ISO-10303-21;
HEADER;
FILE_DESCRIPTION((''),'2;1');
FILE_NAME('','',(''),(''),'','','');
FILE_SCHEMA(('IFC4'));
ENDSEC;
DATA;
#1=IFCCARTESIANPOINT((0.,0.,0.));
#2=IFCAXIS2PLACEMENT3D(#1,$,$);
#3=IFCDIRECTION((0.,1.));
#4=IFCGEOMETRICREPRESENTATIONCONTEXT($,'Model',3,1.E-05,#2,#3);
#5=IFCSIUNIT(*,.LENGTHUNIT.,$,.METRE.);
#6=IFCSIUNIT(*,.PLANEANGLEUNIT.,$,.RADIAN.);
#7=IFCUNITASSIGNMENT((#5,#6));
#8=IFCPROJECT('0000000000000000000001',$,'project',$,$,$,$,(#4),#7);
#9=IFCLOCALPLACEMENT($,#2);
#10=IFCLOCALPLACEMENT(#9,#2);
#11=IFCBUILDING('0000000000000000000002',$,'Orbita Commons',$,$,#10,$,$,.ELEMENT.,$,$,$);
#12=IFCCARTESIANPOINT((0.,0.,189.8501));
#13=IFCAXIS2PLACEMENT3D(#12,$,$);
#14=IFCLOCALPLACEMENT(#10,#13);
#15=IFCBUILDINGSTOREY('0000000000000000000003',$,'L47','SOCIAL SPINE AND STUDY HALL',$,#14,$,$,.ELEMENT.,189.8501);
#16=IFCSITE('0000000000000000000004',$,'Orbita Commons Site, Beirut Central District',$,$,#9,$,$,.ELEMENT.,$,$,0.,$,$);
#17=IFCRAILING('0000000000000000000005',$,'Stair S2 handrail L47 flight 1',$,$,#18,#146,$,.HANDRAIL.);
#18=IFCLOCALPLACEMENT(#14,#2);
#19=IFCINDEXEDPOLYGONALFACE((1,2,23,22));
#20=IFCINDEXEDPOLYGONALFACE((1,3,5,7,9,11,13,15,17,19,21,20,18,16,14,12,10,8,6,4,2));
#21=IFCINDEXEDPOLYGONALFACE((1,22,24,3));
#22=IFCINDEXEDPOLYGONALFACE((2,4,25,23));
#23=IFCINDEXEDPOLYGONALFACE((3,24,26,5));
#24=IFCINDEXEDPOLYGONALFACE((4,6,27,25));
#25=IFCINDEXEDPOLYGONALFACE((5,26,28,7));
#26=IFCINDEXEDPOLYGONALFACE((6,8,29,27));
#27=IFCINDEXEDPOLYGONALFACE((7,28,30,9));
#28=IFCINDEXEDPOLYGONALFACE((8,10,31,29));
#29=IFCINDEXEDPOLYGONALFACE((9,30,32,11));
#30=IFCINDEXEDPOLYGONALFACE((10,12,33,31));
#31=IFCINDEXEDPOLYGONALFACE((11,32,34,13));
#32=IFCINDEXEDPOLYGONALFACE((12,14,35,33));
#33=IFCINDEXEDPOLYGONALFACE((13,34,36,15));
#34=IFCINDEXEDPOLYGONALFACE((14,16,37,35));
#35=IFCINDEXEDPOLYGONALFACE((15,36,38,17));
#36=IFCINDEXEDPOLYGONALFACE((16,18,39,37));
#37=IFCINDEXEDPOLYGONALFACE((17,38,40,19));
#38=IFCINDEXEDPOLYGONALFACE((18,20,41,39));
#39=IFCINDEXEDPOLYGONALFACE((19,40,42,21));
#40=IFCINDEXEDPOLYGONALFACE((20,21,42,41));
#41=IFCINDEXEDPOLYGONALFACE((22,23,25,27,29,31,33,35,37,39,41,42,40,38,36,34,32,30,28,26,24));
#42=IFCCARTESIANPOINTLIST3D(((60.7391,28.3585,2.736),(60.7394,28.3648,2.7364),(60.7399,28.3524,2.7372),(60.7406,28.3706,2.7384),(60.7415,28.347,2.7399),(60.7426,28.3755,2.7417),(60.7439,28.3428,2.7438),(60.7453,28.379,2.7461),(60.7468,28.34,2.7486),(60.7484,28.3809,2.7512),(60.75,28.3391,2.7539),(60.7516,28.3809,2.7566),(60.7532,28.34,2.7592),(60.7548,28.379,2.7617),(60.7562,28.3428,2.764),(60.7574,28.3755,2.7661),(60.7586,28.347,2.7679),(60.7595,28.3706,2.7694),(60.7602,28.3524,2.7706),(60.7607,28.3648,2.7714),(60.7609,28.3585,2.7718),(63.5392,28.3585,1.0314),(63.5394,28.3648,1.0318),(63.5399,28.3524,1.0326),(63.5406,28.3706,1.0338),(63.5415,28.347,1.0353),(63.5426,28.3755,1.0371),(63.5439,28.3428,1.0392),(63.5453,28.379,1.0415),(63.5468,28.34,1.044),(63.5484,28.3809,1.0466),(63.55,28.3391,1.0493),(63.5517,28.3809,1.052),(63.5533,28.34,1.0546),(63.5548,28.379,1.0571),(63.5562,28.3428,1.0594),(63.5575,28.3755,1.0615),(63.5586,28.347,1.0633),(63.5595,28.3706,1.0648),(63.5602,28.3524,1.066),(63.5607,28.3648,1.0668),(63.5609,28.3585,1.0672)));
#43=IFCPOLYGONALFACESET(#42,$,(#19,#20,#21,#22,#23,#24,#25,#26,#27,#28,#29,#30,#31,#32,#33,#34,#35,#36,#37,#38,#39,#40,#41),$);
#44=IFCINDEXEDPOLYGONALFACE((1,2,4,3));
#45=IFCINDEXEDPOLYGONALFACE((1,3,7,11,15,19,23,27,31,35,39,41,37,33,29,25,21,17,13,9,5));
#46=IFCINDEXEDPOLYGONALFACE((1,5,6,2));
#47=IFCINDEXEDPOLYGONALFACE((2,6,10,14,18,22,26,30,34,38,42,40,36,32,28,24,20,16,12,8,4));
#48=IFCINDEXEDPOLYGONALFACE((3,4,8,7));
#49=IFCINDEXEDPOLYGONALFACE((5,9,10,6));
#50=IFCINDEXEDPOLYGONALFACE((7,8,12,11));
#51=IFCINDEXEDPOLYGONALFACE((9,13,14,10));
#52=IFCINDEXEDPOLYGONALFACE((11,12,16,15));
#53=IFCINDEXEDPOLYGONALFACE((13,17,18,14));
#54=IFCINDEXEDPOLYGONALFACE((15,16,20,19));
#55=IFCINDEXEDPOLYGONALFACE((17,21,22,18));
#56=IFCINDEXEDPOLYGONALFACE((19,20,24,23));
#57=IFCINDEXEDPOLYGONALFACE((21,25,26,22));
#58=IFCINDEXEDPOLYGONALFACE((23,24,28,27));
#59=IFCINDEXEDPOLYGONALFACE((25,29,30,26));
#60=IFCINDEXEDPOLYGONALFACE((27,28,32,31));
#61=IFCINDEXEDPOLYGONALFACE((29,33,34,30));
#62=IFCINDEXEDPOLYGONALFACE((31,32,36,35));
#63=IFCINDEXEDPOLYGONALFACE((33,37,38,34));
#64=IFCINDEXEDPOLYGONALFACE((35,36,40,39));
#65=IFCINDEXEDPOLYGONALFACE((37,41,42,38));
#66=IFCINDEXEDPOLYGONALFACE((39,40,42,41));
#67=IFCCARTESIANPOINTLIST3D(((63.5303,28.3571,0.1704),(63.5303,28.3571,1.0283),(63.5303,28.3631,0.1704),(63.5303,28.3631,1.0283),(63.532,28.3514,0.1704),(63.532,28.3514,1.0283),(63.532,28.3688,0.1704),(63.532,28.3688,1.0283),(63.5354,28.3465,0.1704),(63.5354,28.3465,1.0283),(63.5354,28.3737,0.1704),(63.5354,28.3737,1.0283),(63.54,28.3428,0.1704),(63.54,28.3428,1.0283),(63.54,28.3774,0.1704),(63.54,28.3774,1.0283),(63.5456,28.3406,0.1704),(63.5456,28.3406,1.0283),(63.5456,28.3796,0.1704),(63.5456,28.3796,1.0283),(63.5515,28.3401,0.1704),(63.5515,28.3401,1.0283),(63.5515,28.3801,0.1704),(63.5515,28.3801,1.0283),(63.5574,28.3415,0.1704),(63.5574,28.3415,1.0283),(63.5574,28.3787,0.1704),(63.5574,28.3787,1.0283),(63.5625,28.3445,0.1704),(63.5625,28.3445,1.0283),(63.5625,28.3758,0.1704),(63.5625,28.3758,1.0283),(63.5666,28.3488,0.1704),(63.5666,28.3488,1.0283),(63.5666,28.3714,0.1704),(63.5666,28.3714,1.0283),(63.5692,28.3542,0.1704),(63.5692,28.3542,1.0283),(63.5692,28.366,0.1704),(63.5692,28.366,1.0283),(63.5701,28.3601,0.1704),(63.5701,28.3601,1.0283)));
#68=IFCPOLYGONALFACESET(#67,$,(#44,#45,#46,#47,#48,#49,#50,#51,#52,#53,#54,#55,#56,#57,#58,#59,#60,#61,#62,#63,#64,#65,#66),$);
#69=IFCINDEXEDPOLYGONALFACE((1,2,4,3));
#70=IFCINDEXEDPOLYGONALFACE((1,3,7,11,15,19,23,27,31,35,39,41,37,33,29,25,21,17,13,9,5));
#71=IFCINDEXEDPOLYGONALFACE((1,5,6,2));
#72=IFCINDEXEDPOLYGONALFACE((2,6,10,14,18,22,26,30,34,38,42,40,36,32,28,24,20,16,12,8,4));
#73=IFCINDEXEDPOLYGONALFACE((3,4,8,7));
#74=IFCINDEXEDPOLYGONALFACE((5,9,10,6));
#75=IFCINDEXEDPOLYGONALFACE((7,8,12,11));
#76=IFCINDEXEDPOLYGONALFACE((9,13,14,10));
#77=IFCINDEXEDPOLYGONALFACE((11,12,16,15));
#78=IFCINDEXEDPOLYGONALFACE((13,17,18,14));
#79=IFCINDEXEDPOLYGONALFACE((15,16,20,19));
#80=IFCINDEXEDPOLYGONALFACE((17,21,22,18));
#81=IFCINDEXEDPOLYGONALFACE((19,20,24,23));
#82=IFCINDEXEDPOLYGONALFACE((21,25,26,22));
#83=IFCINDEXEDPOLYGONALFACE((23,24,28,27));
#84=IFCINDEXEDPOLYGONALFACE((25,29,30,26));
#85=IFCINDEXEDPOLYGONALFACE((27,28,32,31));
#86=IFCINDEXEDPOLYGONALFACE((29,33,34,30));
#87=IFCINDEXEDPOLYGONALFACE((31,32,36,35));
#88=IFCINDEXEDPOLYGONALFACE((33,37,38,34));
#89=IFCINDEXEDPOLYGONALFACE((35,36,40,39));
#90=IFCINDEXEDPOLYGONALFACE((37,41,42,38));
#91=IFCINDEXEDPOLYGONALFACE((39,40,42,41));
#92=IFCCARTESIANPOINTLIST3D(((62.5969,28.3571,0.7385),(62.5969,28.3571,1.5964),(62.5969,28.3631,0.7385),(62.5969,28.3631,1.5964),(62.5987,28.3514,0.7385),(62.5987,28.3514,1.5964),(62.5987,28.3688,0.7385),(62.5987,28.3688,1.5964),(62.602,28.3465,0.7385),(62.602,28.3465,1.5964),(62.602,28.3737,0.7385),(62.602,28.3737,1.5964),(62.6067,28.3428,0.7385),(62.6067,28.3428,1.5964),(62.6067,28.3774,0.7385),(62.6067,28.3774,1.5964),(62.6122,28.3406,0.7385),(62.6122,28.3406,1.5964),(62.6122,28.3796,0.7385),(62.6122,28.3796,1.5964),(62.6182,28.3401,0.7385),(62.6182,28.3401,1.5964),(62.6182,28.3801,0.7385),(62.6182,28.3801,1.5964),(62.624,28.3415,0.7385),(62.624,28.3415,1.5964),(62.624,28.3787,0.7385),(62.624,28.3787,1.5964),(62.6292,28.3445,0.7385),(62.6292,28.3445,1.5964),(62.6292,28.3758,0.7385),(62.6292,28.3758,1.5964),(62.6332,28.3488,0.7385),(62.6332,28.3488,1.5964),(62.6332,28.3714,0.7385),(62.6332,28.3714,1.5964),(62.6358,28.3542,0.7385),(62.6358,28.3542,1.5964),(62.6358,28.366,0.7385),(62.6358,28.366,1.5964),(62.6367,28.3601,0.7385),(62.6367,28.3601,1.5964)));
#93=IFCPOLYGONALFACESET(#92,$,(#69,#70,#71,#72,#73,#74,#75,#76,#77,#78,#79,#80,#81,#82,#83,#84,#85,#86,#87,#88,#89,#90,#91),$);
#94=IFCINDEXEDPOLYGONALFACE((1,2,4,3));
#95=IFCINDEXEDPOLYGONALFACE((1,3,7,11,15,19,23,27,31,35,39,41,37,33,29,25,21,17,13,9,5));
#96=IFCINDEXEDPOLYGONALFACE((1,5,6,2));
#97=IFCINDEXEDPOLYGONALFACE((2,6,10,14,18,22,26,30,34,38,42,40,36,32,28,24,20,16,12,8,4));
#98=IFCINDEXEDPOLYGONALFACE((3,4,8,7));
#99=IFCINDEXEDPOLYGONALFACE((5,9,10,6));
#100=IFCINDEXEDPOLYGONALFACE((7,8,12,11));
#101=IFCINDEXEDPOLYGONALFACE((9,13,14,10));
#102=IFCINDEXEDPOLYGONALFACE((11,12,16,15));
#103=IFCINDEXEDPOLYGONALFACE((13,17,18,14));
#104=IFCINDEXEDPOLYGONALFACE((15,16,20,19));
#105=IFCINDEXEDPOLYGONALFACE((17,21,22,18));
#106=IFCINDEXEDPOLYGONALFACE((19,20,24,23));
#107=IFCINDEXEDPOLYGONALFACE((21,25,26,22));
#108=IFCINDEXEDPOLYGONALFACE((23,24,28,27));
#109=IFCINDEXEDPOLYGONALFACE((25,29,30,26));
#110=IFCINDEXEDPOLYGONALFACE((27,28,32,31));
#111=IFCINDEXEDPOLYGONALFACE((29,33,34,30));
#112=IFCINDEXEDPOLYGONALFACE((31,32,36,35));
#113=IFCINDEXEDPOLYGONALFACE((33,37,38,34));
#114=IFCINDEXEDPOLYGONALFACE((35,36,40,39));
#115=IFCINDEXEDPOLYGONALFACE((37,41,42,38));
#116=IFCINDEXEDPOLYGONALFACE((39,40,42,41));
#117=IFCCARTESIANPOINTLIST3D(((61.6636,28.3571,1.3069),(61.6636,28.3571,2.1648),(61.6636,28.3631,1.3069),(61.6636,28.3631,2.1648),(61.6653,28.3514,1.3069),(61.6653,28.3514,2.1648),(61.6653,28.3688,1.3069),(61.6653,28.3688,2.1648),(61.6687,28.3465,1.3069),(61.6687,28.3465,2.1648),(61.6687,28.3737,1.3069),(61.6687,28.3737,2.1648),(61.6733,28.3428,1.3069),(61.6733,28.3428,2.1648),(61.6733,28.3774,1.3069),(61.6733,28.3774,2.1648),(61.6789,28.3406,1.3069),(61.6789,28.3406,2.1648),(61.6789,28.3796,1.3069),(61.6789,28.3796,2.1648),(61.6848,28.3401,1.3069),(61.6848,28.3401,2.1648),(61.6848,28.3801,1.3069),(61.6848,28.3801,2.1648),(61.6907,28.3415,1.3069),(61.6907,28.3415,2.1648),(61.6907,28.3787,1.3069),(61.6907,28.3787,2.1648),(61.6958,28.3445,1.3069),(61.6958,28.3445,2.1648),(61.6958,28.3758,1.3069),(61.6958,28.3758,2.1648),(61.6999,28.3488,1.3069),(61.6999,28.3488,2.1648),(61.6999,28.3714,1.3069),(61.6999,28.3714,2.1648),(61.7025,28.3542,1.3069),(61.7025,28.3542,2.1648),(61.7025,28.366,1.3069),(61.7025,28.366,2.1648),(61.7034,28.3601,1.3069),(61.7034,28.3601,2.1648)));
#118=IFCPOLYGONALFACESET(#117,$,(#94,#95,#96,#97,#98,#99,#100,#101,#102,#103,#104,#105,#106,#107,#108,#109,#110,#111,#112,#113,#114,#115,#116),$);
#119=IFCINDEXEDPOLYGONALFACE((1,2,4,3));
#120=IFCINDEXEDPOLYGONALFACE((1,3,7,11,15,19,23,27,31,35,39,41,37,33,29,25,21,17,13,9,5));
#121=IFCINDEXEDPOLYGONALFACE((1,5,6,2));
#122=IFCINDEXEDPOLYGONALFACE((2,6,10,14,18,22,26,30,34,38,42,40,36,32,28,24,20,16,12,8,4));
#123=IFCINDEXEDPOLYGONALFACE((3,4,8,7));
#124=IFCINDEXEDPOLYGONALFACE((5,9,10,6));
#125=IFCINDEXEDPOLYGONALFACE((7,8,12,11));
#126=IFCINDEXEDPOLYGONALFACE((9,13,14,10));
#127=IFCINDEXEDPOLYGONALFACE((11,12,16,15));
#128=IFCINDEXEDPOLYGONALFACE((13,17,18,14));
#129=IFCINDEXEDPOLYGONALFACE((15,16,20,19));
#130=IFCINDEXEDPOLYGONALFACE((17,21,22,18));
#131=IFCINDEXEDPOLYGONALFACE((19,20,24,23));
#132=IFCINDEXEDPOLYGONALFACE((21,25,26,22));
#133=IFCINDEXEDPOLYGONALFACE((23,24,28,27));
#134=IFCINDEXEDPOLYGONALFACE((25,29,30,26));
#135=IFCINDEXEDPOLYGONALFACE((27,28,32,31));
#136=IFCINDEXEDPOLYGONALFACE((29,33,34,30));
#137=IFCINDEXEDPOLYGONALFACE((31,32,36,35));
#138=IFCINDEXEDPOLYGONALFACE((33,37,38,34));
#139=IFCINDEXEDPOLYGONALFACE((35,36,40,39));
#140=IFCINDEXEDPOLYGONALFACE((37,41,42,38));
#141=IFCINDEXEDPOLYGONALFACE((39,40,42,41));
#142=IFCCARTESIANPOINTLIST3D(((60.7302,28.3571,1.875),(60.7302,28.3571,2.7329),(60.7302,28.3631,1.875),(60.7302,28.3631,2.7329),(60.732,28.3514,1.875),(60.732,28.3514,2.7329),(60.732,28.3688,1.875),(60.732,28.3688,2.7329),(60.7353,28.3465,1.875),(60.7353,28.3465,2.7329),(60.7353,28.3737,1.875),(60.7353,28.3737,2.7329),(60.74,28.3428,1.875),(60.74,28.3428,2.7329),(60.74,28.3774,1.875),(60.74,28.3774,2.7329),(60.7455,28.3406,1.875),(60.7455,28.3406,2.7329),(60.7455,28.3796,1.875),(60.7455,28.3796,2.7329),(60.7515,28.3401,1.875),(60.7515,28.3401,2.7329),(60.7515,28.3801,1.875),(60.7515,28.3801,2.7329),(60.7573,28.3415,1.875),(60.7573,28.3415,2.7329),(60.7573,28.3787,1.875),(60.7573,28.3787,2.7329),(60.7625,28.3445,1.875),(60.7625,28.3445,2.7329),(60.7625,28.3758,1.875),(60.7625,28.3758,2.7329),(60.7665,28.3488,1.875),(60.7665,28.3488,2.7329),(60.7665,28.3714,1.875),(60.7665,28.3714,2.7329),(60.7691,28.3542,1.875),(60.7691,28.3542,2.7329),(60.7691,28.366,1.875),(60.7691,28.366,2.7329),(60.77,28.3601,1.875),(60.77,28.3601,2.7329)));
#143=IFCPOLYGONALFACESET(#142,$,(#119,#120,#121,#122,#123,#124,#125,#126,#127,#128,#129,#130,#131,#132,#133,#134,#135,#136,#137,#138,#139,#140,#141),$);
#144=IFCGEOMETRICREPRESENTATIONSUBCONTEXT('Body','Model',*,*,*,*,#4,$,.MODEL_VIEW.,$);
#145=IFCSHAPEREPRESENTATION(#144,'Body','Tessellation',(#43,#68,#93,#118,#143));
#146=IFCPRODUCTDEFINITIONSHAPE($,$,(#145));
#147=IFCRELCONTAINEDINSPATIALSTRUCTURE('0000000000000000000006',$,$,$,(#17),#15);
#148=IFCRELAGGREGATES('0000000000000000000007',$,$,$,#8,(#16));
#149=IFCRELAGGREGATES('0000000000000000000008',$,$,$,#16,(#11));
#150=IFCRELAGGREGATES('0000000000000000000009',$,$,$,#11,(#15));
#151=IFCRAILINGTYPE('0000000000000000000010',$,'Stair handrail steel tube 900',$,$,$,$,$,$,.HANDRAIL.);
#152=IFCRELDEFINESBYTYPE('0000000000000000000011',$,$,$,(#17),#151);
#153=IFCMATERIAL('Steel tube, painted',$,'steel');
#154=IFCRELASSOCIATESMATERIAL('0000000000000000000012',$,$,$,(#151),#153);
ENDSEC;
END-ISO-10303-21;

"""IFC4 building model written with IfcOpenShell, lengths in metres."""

from ifc_helpers import new_model, si_unit, direction, frame, origin, origin_2d, place, context, subcontext, project, spatial, circle, extrude, material, type_object, element, save


model = new_model("IFC4")

# Units and contexts
model_context = context("Model", 3, precision=1e-05, world=origin(), true_north=direction((0.0, 1.0)))
body_context = subcontext(model_context, "Body", "Model", "MODEL_VIEW")
ifc_project = project(units=[si_unit("LENGTHUNIT", "METRE"), si_unit("PLANEANGLEUNIT", "RADIAN")], contexts=[model_context])

# Site, building, storey
site_placement = place(None, origin())
site = spatial("IfcSite", under=ifc_project, at=site_placement, Name="Orbita Commons Site, Beirut Central District", CompositionType="ELEMENT", RefElevation=0.0)
building_placement = place(site_placement, origin())
building = spatial("IfcBuilding", under=site, at=building_placement, Name="Orbita Commons", CompositionType="ELEMENT")
storey_placement = place(building_placement, frame((0.0, 0.0, 189.8501)))
storey = spatial("IfcBuildingStorey", under=building, at=storey_placement, Name="L47", Description="SOCIAL SPINE AND STUDY HALL", CompositionType="ELEMENT", Elevation=189.8501)

# Railing
ifc_material_1 = material(Name="Steel tube, painted", Category="steel")
railing_type = type_object("IfcRailingType", Name="Stair handrail steel tube 900", PredefinedType="HANDRAIL", material=ifc_material_1)
for number, where, name in (
    (1, (63.55, 28.3601, 0.1704), "Stair S2 handrail L47 flight 1"),
):
    element("IfcRailing", number, at=place(storey_placement, frame(where)), inside=storey, type_object=railing_type, Name=name, PredefinedType="HANDRAIL", context=body_context, shape_type="SweptSolid", body=[
        extrude(circle(Radius=0.021, at=origin_2d()), frame((0.0, 0.0, 0.8789), z_axis=(-0.85417, 0.0, 0.519994), x_axis=(0.0, -1.0, 0.0)), (0.0, 0.0, 1.0), 3.2781),
        extrude(circle(Radius=0.02, at=origin_2d()), origin(), (0.0, 0.0, 1.0), 0.8579),
        extrude(circle(Radius=0.02, at=origin_2d()), frame((-0.9333, 0.0, 0.5681)), (0.0, 0.0, 1.0), 0.8579),
        extrude(circle(Radius=0.02, at=origin_2d()), frame((-1.8667, 0.0, 1.1365)), (0.0, 0.0, 1.0), 0.8579),
        extrude(circle(Radius=0.02, at=origin_2d()), frame((-2.8, 0.0, 1.7046)), (0.0, 0.0, 1.0), 0.8579),
    ])

save(model, "model.ifc")
